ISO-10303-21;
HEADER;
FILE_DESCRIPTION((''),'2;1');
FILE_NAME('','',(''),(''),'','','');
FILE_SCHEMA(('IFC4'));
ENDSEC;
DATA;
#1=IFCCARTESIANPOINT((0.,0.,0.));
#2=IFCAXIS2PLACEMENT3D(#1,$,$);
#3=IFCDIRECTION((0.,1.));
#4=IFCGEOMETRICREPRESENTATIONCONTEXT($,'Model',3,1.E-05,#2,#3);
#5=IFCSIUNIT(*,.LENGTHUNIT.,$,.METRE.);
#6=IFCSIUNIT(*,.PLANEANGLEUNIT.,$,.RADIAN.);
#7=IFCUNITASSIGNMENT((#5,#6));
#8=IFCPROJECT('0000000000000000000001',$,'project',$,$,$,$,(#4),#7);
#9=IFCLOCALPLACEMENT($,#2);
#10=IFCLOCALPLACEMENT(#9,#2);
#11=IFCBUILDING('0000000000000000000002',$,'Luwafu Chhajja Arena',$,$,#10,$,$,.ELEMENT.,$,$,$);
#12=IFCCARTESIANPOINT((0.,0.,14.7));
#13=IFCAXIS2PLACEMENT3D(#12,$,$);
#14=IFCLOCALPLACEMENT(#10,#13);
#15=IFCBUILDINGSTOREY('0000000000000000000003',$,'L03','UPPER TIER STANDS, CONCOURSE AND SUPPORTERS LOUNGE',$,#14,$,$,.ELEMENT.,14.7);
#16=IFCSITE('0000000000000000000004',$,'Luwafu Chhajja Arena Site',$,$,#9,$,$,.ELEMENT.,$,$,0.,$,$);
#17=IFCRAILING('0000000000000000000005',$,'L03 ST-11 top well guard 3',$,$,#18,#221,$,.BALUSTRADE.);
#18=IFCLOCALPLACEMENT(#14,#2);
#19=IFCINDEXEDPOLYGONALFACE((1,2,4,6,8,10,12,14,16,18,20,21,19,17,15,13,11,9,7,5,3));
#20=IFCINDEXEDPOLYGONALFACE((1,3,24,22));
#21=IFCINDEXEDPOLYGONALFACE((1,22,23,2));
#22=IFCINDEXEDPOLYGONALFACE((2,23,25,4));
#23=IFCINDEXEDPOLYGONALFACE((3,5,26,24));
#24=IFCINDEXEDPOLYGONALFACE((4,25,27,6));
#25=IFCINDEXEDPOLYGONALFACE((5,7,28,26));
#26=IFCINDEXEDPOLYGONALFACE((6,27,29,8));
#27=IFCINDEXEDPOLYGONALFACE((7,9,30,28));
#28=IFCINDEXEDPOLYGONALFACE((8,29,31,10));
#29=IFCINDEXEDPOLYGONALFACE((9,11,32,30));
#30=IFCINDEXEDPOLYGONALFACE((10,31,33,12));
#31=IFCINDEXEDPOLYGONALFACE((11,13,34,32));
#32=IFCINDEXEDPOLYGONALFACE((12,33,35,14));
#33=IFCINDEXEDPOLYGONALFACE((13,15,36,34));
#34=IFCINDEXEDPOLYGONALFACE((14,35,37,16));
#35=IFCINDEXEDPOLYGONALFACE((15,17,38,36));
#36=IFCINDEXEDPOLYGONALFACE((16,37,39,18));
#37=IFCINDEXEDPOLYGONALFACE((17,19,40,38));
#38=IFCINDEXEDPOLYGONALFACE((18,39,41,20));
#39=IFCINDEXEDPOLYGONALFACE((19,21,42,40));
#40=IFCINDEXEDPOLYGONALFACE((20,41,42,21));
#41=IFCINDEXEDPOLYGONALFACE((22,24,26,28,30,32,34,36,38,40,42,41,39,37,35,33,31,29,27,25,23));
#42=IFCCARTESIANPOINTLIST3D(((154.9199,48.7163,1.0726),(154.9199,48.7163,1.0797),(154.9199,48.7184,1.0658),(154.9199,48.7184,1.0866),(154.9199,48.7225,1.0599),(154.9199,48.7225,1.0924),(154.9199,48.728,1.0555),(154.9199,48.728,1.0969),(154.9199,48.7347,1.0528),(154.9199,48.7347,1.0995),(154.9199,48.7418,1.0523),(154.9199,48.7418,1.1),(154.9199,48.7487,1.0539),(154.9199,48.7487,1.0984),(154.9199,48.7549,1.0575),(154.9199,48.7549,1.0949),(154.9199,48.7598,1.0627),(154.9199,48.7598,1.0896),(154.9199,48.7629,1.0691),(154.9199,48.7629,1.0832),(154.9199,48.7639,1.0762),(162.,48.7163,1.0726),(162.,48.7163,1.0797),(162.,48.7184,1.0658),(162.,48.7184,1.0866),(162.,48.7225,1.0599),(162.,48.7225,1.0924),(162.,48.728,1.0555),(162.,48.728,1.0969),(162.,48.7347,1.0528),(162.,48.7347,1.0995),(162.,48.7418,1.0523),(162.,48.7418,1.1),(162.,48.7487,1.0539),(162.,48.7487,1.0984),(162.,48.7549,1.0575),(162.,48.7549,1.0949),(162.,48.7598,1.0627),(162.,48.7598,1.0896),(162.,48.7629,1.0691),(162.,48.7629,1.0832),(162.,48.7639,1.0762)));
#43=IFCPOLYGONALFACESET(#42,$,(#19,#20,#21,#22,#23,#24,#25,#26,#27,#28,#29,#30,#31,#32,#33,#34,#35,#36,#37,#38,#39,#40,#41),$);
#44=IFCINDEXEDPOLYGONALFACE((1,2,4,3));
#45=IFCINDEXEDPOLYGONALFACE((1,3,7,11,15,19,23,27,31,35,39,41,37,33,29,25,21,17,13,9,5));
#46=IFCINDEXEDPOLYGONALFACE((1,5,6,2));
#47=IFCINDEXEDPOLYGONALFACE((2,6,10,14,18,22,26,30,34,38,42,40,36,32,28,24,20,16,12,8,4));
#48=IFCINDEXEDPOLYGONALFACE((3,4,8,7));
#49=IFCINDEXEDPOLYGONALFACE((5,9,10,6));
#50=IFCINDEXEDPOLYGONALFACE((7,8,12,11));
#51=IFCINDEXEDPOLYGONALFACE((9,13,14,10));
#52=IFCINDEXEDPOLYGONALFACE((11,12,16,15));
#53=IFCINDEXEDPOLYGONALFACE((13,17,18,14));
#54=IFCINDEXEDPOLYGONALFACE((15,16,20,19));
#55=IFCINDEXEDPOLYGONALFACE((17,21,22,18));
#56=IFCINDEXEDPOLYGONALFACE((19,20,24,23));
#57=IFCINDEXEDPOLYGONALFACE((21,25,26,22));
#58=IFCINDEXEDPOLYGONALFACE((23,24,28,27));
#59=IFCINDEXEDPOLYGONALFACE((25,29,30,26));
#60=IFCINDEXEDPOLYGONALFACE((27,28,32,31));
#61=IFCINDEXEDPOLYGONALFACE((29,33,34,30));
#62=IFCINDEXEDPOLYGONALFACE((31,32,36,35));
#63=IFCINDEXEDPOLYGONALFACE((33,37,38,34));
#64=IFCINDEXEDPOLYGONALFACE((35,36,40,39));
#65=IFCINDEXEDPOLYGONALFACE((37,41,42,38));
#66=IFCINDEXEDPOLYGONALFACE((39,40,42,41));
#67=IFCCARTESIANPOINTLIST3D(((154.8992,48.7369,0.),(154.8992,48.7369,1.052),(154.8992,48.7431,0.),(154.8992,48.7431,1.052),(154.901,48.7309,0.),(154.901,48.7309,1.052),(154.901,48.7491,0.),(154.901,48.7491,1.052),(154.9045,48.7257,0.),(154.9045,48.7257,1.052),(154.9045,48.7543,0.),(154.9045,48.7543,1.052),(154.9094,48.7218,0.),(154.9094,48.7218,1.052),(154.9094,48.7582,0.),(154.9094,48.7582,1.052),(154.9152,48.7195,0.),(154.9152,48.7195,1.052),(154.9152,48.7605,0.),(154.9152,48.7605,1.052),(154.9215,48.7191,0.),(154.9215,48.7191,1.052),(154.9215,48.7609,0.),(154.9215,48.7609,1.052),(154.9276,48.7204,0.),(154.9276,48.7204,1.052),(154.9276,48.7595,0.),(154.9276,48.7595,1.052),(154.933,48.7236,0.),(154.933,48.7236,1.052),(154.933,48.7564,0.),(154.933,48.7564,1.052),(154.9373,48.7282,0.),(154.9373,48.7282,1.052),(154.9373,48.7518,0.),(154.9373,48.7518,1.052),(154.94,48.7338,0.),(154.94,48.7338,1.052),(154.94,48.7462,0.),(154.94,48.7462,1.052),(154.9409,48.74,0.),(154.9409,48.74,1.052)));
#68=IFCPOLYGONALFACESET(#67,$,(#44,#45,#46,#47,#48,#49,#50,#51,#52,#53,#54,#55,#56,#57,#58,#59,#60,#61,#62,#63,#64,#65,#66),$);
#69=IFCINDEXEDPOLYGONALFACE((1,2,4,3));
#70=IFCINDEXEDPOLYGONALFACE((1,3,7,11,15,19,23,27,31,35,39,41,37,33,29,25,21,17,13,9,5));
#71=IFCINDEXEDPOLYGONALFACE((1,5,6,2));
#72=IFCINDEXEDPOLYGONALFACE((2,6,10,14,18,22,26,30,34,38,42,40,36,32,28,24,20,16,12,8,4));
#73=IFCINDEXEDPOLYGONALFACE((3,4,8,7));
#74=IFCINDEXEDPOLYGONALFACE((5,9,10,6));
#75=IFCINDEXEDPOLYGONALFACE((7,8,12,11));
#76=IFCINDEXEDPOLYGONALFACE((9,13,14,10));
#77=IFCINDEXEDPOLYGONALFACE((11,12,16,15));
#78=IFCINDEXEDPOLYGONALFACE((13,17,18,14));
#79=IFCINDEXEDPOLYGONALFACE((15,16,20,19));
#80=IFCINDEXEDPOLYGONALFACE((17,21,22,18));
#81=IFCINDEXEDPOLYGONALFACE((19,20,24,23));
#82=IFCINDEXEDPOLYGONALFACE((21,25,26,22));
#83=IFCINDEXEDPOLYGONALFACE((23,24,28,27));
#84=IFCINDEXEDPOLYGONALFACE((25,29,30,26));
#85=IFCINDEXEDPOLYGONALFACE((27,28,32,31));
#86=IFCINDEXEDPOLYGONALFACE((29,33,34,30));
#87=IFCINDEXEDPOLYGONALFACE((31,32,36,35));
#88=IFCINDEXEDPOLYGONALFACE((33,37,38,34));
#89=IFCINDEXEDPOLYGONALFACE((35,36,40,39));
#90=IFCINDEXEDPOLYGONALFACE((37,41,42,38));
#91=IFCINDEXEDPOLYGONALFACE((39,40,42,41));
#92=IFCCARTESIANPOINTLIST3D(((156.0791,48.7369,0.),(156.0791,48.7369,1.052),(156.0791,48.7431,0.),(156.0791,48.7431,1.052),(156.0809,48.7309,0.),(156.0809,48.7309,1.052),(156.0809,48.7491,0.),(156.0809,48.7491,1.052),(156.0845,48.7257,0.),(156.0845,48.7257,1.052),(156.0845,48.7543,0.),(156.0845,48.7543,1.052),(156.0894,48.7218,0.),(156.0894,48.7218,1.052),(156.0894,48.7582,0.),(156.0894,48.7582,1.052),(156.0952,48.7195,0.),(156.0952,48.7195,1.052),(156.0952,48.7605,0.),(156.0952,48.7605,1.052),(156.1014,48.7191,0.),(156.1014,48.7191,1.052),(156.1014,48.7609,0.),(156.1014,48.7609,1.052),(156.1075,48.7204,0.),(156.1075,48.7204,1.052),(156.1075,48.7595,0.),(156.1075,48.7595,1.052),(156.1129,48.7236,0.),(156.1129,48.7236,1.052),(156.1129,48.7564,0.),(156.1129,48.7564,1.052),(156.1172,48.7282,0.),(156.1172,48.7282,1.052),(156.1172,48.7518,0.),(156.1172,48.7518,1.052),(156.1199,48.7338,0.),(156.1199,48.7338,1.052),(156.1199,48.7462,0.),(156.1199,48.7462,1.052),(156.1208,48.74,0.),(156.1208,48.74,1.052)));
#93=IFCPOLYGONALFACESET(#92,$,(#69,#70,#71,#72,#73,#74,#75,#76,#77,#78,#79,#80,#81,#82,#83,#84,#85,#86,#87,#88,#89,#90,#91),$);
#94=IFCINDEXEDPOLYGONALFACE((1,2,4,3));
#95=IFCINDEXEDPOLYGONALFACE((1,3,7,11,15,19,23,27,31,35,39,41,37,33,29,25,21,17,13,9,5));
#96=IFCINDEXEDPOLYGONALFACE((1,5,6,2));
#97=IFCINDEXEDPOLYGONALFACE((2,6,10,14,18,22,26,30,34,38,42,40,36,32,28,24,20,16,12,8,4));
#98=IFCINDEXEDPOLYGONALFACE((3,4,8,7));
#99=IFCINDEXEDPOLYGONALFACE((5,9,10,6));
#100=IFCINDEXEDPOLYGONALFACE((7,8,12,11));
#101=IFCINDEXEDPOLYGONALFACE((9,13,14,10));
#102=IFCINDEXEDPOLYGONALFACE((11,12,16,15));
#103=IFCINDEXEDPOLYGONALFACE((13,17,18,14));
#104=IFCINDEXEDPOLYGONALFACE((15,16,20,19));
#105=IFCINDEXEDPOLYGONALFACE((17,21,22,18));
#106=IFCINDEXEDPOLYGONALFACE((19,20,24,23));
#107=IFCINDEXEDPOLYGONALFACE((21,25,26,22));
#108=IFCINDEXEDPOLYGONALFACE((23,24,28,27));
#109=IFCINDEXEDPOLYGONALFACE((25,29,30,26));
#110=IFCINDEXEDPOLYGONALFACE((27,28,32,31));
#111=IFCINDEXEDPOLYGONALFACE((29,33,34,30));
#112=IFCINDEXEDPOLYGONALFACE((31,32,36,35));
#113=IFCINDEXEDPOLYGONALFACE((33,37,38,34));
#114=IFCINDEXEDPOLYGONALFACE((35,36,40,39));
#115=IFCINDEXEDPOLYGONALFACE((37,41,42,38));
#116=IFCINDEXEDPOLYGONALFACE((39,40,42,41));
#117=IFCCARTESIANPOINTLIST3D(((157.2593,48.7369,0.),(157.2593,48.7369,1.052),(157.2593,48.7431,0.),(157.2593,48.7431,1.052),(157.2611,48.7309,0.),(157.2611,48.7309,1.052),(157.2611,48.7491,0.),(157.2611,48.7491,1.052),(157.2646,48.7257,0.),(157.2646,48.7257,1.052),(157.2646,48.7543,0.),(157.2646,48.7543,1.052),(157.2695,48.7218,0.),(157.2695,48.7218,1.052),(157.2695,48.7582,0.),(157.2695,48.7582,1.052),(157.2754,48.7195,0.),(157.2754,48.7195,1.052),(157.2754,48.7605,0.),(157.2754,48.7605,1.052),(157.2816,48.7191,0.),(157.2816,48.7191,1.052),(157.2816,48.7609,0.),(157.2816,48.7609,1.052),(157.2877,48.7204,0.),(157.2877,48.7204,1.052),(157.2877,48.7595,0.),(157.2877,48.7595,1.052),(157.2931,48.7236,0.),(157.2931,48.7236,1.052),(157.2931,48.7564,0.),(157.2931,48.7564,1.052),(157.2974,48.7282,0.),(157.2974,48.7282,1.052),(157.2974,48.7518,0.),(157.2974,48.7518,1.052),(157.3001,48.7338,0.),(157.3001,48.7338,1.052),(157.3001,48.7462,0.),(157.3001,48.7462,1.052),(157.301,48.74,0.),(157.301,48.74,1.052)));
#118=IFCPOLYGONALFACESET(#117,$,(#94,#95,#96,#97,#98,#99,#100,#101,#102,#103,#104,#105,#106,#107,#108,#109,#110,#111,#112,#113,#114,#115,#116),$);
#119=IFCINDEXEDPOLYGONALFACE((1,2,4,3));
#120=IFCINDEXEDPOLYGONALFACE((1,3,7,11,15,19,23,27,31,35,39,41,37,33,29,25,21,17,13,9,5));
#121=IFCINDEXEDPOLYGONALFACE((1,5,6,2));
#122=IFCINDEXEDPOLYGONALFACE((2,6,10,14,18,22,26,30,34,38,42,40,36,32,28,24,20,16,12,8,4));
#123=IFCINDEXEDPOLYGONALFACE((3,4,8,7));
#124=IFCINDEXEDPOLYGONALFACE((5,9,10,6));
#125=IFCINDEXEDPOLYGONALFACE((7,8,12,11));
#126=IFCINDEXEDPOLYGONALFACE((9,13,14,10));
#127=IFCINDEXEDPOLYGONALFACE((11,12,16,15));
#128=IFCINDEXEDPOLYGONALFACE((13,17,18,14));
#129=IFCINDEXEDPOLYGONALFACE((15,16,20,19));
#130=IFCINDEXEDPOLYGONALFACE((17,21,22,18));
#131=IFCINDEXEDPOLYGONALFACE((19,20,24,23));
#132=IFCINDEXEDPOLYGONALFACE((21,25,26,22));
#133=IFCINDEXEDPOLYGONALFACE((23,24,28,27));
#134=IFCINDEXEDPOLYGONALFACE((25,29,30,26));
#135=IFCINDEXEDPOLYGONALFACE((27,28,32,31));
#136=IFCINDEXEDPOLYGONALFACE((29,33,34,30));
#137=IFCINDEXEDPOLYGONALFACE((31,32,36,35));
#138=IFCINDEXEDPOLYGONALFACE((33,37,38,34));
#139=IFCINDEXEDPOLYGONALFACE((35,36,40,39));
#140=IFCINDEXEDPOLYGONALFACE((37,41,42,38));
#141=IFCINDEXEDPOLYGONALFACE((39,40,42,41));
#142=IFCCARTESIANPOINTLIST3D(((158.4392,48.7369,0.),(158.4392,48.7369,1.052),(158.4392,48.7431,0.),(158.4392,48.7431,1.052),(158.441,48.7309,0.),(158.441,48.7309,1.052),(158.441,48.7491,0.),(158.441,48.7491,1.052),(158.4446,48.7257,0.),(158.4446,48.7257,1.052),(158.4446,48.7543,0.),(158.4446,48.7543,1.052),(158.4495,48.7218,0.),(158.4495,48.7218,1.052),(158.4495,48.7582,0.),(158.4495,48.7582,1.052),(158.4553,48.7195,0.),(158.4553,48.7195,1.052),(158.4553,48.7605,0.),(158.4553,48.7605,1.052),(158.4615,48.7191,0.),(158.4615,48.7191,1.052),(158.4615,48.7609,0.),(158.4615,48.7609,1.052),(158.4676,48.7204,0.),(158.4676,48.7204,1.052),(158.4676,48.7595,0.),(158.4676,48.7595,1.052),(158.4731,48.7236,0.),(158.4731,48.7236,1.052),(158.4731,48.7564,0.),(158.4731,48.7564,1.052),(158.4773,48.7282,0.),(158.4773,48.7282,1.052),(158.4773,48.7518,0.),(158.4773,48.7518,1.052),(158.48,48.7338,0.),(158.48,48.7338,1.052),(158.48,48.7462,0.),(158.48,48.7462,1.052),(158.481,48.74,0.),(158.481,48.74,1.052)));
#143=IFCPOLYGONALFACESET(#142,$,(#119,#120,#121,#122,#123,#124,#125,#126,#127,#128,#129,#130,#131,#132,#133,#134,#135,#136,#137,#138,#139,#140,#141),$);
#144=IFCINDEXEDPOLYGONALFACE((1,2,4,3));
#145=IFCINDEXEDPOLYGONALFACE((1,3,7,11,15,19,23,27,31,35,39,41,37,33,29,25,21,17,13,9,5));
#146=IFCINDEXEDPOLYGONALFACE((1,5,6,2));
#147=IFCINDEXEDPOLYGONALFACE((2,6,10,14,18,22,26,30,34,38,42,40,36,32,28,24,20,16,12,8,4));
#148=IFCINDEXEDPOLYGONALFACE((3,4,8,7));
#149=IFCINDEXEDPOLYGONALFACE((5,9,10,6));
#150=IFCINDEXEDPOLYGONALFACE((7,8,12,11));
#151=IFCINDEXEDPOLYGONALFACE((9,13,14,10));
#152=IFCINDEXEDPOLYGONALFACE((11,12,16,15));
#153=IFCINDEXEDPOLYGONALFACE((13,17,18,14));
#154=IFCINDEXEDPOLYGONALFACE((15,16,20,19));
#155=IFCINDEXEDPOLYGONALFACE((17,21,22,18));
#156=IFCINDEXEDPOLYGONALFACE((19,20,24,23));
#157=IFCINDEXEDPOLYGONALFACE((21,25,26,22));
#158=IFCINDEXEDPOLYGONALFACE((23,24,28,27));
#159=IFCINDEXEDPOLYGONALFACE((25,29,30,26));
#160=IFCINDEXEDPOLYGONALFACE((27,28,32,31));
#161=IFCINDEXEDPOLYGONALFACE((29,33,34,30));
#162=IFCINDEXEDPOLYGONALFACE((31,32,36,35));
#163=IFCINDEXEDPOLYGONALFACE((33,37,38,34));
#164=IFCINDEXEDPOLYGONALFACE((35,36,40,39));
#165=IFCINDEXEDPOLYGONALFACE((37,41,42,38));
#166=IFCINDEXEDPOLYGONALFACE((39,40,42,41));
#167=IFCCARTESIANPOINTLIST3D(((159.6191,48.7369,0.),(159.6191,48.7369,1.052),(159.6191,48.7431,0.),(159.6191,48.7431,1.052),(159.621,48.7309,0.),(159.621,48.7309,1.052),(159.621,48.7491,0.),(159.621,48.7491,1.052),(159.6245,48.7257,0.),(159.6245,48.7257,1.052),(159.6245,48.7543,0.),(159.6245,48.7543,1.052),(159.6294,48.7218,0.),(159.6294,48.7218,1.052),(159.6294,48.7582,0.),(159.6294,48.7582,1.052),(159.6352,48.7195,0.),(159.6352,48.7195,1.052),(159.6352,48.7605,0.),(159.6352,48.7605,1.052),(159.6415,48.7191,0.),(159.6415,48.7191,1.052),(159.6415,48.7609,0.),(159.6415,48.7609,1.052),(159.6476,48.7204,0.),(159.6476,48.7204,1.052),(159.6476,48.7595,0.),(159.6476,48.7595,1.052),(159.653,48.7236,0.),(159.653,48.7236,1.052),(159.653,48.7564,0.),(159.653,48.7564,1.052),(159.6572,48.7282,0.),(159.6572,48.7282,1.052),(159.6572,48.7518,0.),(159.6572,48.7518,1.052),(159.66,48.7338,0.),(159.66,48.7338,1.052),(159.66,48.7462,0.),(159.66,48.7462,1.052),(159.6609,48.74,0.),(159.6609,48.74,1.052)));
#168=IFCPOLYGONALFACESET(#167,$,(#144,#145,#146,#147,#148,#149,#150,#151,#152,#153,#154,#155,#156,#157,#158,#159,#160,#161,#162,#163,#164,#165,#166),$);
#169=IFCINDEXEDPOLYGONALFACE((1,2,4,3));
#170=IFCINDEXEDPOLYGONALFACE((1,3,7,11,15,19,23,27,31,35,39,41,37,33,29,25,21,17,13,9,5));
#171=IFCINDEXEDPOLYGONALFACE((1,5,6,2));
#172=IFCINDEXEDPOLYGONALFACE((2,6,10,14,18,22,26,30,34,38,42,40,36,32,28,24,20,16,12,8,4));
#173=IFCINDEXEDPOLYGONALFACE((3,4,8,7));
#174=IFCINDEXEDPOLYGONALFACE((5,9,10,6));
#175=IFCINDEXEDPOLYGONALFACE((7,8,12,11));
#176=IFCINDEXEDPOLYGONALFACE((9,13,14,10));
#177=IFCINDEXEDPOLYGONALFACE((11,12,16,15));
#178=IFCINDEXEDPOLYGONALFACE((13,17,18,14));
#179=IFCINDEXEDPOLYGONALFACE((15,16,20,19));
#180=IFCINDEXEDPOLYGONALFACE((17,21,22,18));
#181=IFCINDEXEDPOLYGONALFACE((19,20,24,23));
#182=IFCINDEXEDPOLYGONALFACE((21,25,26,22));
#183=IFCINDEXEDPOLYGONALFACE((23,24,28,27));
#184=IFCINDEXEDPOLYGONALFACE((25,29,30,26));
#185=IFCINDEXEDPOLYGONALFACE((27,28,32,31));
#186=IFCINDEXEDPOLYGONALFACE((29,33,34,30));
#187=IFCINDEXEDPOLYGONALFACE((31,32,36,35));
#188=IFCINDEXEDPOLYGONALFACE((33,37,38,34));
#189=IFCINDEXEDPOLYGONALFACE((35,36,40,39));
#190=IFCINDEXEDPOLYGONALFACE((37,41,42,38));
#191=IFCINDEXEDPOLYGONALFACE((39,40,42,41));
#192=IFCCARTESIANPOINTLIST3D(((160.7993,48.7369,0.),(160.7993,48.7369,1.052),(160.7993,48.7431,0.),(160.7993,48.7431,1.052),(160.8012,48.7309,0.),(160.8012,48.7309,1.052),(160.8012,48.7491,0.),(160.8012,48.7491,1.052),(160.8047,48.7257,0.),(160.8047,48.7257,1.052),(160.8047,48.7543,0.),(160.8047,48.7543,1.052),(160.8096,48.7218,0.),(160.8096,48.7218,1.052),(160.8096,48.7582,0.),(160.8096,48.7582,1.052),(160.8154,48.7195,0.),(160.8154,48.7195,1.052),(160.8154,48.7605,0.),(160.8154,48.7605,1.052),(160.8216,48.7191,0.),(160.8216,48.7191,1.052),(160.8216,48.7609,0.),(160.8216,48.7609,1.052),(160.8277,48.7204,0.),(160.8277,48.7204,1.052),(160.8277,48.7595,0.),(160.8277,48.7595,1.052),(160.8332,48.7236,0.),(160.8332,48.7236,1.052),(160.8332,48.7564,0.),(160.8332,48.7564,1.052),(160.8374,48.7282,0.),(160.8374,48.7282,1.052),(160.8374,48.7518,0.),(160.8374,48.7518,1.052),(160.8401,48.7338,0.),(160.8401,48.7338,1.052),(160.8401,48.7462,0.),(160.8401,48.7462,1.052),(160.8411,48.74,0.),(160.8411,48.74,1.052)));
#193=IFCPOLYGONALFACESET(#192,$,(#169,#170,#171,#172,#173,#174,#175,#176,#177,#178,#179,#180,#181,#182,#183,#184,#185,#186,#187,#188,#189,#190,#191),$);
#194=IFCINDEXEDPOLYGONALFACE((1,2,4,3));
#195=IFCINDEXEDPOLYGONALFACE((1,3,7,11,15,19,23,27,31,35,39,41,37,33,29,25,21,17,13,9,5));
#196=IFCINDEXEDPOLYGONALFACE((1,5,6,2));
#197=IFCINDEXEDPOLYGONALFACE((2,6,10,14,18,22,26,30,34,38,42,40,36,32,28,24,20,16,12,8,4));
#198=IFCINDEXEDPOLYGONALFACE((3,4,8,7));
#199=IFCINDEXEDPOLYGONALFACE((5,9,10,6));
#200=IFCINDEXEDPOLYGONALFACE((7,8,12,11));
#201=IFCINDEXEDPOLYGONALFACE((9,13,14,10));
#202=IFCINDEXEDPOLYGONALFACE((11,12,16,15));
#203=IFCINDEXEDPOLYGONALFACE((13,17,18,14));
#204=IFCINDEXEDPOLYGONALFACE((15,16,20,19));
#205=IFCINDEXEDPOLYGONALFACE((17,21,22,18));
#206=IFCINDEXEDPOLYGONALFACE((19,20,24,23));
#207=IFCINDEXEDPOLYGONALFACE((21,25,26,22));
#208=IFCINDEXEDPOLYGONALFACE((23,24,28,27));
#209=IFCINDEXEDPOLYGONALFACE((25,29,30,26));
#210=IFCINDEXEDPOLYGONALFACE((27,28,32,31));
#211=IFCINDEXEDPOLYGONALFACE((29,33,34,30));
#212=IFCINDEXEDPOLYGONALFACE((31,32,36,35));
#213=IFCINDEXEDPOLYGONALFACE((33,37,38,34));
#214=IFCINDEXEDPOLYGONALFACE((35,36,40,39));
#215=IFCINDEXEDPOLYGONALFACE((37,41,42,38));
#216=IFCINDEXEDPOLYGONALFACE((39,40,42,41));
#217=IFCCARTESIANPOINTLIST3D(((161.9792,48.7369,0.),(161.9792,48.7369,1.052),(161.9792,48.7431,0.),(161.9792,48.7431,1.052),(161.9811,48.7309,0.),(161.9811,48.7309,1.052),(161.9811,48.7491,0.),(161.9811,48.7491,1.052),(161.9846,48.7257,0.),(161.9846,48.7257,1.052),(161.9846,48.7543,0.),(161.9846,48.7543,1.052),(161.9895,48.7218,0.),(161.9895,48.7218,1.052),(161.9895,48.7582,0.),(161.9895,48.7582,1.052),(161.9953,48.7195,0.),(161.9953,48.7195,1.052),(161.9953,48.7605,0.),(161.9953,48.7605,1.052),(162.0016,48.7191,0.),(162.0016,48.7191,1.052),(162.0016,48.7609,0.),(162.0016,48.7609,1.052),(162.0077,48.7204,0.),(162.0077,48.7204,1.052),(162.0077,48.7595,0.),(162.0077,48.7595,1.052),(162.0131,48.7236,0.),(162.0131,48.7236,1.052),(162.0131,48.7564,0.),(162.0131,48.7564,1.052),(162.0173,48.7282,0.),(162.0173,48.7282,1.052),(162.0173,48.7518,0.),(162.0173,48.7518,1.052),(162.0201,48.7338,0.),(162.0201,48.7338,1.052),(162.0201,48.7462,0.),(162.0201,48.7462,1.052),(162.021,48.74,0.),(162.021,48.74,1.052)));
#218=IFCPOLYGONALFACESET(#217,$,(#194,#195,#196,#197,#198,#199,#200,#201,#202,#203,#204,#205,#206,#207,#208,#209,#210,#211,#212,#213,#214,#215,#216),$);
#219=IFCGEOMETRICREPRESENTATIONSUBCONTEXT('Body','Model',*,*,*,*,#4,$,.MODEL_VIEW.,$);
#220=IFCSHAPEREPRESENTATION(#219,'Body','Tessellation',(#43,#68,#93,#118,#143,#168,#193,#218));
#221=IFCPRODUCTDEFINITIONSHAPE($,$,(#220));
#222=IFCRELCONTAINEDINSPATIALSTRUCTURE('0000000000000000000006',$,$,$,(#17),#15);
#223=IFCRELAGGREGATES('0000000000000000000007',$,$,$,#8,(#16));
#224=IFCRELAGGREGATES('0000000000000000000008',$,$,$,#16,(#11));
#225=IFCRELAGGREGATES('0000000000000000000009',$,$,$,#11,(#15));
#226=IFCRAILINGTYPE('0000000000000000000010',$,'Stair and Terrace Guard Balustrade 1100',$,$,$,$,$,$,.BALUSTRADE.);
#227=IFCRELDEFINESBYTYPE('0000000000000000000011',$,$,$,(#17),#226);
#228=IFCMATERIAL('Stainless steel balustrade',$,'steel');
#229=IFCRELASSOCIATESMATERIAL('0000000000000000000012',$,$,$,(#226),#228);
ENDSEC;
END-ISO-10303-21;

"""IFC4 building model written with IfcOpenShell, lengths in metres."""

from ifc_helpers import new_model, si_unit, direction, frame, origin, origin_2d, place, context, subcontext, project, spatial, circle, extrude, material, type_object, element, save


model = new_model("IFC4")

# Units and contexts
model_context = context("Model", 3, precision=1e-05, world=origin(), true_north=direction((0.0, 1.0)))
body_context = subcontext(model_context, "Body", "Model", "MODEL_VIEW")
ifc_project = project(units=[si_unit("LENGTHUNIT", "METRE"), si_unit("PLANEANGLEUNIT", "RADIAN")], contexts=[model_context])

# Site, building, storey
site_placement = place(None, origin())
site = spatial("IfcSite", under=ifc_project, at=site_placement, Name="Luwafu Chhajja Arena Site", CompositionType="ELEMENT", RefElevation=0.0)
building_placement = place(site_placement, origin())
building = spatial("IfcBuilding", under=site, at=building_placement, Name="Luwafu Chhajja Arena", CompositionType="ELEMENT")
storey_placement = place(building_placement, frame((0.0, 0.0, 14.7)))
storey = spatial("IfcBuildingStorey", under=building, at=storey_placement, Name="L03", Description="UPPER TIER STANDS, CONCOURSE AND SUPPORTERS LOUNGE", CompositionType="ELEMENT", Elevation=14.7)

# Railing
ifc_material_1 = material(Name="Stainless steel balustrade", Category="steel")
railing_type = type_object("IfcRailingType", Name="Stair and Terrace Guard Balustrade 1100", PredefinedType="BALUSTRADE", material=ifc_material_1)
for number, where, name in (
    (1, (154.9199, 48.74, 0.0), "L03 ST-11 top well guard 3"),
):
    element("IfcRailing", number, at=place(storey_placement, frame(where)), inside=storey, type_object=railing_type, Name=name, PredefinedType="BALUSTRADE", context=body_context, shape_type="SweptSolid", body=[
        extrude(circle(Radius=0.0239, at=origin_2d()), frame((0.0, 0.0, 1.0762), z_axis=(1.0, 0.0, 0.0), x_axis=(0.0, 1.0, 0.0)), (0.0, 0.0, 1.0), 7.0801),
        extrude(circle(Radius=0.021, at=origin_2d()), origin(), (0.0, 0.0, 1.0), 1.052),
        extrude(circle(Radius=0.021, at=origin_2d()), frame((1.1799, 0.0, 0.0)), (0.0, 0.0, 1.0), 1.052),
        extrude(circle(Radius=0.021, at=origin_2d()), frame((2.3601, 0.0, 0.0)), (0.0, 0.0, 1.0), 1.052),
        extrude(circle(Radius=0.021, at=origin_2d()), frame((3.54, 0.0, 0.0)), (0.0, 0.0, 1.0), 1.052),
        extrude(circle(Radius=0.021, at=origin_2d()), frame((4.72, 0.0, 0.0)), (0.0, 0.0, 1.0), 1.052),
        extrude(circle(Radius=0.021, at=origin_2d()), frame((5.9001, 0.0, 0.0)), (0.0, 0.0, 1.0), 1.052),
        extrude(circle(Radius=0.021, at=origin_2d()), frame((7.0801, 0.0, 0.0)), (0.0, 0.0, 1.0), 1.052),
    ])

save(model, "model.ifc")
